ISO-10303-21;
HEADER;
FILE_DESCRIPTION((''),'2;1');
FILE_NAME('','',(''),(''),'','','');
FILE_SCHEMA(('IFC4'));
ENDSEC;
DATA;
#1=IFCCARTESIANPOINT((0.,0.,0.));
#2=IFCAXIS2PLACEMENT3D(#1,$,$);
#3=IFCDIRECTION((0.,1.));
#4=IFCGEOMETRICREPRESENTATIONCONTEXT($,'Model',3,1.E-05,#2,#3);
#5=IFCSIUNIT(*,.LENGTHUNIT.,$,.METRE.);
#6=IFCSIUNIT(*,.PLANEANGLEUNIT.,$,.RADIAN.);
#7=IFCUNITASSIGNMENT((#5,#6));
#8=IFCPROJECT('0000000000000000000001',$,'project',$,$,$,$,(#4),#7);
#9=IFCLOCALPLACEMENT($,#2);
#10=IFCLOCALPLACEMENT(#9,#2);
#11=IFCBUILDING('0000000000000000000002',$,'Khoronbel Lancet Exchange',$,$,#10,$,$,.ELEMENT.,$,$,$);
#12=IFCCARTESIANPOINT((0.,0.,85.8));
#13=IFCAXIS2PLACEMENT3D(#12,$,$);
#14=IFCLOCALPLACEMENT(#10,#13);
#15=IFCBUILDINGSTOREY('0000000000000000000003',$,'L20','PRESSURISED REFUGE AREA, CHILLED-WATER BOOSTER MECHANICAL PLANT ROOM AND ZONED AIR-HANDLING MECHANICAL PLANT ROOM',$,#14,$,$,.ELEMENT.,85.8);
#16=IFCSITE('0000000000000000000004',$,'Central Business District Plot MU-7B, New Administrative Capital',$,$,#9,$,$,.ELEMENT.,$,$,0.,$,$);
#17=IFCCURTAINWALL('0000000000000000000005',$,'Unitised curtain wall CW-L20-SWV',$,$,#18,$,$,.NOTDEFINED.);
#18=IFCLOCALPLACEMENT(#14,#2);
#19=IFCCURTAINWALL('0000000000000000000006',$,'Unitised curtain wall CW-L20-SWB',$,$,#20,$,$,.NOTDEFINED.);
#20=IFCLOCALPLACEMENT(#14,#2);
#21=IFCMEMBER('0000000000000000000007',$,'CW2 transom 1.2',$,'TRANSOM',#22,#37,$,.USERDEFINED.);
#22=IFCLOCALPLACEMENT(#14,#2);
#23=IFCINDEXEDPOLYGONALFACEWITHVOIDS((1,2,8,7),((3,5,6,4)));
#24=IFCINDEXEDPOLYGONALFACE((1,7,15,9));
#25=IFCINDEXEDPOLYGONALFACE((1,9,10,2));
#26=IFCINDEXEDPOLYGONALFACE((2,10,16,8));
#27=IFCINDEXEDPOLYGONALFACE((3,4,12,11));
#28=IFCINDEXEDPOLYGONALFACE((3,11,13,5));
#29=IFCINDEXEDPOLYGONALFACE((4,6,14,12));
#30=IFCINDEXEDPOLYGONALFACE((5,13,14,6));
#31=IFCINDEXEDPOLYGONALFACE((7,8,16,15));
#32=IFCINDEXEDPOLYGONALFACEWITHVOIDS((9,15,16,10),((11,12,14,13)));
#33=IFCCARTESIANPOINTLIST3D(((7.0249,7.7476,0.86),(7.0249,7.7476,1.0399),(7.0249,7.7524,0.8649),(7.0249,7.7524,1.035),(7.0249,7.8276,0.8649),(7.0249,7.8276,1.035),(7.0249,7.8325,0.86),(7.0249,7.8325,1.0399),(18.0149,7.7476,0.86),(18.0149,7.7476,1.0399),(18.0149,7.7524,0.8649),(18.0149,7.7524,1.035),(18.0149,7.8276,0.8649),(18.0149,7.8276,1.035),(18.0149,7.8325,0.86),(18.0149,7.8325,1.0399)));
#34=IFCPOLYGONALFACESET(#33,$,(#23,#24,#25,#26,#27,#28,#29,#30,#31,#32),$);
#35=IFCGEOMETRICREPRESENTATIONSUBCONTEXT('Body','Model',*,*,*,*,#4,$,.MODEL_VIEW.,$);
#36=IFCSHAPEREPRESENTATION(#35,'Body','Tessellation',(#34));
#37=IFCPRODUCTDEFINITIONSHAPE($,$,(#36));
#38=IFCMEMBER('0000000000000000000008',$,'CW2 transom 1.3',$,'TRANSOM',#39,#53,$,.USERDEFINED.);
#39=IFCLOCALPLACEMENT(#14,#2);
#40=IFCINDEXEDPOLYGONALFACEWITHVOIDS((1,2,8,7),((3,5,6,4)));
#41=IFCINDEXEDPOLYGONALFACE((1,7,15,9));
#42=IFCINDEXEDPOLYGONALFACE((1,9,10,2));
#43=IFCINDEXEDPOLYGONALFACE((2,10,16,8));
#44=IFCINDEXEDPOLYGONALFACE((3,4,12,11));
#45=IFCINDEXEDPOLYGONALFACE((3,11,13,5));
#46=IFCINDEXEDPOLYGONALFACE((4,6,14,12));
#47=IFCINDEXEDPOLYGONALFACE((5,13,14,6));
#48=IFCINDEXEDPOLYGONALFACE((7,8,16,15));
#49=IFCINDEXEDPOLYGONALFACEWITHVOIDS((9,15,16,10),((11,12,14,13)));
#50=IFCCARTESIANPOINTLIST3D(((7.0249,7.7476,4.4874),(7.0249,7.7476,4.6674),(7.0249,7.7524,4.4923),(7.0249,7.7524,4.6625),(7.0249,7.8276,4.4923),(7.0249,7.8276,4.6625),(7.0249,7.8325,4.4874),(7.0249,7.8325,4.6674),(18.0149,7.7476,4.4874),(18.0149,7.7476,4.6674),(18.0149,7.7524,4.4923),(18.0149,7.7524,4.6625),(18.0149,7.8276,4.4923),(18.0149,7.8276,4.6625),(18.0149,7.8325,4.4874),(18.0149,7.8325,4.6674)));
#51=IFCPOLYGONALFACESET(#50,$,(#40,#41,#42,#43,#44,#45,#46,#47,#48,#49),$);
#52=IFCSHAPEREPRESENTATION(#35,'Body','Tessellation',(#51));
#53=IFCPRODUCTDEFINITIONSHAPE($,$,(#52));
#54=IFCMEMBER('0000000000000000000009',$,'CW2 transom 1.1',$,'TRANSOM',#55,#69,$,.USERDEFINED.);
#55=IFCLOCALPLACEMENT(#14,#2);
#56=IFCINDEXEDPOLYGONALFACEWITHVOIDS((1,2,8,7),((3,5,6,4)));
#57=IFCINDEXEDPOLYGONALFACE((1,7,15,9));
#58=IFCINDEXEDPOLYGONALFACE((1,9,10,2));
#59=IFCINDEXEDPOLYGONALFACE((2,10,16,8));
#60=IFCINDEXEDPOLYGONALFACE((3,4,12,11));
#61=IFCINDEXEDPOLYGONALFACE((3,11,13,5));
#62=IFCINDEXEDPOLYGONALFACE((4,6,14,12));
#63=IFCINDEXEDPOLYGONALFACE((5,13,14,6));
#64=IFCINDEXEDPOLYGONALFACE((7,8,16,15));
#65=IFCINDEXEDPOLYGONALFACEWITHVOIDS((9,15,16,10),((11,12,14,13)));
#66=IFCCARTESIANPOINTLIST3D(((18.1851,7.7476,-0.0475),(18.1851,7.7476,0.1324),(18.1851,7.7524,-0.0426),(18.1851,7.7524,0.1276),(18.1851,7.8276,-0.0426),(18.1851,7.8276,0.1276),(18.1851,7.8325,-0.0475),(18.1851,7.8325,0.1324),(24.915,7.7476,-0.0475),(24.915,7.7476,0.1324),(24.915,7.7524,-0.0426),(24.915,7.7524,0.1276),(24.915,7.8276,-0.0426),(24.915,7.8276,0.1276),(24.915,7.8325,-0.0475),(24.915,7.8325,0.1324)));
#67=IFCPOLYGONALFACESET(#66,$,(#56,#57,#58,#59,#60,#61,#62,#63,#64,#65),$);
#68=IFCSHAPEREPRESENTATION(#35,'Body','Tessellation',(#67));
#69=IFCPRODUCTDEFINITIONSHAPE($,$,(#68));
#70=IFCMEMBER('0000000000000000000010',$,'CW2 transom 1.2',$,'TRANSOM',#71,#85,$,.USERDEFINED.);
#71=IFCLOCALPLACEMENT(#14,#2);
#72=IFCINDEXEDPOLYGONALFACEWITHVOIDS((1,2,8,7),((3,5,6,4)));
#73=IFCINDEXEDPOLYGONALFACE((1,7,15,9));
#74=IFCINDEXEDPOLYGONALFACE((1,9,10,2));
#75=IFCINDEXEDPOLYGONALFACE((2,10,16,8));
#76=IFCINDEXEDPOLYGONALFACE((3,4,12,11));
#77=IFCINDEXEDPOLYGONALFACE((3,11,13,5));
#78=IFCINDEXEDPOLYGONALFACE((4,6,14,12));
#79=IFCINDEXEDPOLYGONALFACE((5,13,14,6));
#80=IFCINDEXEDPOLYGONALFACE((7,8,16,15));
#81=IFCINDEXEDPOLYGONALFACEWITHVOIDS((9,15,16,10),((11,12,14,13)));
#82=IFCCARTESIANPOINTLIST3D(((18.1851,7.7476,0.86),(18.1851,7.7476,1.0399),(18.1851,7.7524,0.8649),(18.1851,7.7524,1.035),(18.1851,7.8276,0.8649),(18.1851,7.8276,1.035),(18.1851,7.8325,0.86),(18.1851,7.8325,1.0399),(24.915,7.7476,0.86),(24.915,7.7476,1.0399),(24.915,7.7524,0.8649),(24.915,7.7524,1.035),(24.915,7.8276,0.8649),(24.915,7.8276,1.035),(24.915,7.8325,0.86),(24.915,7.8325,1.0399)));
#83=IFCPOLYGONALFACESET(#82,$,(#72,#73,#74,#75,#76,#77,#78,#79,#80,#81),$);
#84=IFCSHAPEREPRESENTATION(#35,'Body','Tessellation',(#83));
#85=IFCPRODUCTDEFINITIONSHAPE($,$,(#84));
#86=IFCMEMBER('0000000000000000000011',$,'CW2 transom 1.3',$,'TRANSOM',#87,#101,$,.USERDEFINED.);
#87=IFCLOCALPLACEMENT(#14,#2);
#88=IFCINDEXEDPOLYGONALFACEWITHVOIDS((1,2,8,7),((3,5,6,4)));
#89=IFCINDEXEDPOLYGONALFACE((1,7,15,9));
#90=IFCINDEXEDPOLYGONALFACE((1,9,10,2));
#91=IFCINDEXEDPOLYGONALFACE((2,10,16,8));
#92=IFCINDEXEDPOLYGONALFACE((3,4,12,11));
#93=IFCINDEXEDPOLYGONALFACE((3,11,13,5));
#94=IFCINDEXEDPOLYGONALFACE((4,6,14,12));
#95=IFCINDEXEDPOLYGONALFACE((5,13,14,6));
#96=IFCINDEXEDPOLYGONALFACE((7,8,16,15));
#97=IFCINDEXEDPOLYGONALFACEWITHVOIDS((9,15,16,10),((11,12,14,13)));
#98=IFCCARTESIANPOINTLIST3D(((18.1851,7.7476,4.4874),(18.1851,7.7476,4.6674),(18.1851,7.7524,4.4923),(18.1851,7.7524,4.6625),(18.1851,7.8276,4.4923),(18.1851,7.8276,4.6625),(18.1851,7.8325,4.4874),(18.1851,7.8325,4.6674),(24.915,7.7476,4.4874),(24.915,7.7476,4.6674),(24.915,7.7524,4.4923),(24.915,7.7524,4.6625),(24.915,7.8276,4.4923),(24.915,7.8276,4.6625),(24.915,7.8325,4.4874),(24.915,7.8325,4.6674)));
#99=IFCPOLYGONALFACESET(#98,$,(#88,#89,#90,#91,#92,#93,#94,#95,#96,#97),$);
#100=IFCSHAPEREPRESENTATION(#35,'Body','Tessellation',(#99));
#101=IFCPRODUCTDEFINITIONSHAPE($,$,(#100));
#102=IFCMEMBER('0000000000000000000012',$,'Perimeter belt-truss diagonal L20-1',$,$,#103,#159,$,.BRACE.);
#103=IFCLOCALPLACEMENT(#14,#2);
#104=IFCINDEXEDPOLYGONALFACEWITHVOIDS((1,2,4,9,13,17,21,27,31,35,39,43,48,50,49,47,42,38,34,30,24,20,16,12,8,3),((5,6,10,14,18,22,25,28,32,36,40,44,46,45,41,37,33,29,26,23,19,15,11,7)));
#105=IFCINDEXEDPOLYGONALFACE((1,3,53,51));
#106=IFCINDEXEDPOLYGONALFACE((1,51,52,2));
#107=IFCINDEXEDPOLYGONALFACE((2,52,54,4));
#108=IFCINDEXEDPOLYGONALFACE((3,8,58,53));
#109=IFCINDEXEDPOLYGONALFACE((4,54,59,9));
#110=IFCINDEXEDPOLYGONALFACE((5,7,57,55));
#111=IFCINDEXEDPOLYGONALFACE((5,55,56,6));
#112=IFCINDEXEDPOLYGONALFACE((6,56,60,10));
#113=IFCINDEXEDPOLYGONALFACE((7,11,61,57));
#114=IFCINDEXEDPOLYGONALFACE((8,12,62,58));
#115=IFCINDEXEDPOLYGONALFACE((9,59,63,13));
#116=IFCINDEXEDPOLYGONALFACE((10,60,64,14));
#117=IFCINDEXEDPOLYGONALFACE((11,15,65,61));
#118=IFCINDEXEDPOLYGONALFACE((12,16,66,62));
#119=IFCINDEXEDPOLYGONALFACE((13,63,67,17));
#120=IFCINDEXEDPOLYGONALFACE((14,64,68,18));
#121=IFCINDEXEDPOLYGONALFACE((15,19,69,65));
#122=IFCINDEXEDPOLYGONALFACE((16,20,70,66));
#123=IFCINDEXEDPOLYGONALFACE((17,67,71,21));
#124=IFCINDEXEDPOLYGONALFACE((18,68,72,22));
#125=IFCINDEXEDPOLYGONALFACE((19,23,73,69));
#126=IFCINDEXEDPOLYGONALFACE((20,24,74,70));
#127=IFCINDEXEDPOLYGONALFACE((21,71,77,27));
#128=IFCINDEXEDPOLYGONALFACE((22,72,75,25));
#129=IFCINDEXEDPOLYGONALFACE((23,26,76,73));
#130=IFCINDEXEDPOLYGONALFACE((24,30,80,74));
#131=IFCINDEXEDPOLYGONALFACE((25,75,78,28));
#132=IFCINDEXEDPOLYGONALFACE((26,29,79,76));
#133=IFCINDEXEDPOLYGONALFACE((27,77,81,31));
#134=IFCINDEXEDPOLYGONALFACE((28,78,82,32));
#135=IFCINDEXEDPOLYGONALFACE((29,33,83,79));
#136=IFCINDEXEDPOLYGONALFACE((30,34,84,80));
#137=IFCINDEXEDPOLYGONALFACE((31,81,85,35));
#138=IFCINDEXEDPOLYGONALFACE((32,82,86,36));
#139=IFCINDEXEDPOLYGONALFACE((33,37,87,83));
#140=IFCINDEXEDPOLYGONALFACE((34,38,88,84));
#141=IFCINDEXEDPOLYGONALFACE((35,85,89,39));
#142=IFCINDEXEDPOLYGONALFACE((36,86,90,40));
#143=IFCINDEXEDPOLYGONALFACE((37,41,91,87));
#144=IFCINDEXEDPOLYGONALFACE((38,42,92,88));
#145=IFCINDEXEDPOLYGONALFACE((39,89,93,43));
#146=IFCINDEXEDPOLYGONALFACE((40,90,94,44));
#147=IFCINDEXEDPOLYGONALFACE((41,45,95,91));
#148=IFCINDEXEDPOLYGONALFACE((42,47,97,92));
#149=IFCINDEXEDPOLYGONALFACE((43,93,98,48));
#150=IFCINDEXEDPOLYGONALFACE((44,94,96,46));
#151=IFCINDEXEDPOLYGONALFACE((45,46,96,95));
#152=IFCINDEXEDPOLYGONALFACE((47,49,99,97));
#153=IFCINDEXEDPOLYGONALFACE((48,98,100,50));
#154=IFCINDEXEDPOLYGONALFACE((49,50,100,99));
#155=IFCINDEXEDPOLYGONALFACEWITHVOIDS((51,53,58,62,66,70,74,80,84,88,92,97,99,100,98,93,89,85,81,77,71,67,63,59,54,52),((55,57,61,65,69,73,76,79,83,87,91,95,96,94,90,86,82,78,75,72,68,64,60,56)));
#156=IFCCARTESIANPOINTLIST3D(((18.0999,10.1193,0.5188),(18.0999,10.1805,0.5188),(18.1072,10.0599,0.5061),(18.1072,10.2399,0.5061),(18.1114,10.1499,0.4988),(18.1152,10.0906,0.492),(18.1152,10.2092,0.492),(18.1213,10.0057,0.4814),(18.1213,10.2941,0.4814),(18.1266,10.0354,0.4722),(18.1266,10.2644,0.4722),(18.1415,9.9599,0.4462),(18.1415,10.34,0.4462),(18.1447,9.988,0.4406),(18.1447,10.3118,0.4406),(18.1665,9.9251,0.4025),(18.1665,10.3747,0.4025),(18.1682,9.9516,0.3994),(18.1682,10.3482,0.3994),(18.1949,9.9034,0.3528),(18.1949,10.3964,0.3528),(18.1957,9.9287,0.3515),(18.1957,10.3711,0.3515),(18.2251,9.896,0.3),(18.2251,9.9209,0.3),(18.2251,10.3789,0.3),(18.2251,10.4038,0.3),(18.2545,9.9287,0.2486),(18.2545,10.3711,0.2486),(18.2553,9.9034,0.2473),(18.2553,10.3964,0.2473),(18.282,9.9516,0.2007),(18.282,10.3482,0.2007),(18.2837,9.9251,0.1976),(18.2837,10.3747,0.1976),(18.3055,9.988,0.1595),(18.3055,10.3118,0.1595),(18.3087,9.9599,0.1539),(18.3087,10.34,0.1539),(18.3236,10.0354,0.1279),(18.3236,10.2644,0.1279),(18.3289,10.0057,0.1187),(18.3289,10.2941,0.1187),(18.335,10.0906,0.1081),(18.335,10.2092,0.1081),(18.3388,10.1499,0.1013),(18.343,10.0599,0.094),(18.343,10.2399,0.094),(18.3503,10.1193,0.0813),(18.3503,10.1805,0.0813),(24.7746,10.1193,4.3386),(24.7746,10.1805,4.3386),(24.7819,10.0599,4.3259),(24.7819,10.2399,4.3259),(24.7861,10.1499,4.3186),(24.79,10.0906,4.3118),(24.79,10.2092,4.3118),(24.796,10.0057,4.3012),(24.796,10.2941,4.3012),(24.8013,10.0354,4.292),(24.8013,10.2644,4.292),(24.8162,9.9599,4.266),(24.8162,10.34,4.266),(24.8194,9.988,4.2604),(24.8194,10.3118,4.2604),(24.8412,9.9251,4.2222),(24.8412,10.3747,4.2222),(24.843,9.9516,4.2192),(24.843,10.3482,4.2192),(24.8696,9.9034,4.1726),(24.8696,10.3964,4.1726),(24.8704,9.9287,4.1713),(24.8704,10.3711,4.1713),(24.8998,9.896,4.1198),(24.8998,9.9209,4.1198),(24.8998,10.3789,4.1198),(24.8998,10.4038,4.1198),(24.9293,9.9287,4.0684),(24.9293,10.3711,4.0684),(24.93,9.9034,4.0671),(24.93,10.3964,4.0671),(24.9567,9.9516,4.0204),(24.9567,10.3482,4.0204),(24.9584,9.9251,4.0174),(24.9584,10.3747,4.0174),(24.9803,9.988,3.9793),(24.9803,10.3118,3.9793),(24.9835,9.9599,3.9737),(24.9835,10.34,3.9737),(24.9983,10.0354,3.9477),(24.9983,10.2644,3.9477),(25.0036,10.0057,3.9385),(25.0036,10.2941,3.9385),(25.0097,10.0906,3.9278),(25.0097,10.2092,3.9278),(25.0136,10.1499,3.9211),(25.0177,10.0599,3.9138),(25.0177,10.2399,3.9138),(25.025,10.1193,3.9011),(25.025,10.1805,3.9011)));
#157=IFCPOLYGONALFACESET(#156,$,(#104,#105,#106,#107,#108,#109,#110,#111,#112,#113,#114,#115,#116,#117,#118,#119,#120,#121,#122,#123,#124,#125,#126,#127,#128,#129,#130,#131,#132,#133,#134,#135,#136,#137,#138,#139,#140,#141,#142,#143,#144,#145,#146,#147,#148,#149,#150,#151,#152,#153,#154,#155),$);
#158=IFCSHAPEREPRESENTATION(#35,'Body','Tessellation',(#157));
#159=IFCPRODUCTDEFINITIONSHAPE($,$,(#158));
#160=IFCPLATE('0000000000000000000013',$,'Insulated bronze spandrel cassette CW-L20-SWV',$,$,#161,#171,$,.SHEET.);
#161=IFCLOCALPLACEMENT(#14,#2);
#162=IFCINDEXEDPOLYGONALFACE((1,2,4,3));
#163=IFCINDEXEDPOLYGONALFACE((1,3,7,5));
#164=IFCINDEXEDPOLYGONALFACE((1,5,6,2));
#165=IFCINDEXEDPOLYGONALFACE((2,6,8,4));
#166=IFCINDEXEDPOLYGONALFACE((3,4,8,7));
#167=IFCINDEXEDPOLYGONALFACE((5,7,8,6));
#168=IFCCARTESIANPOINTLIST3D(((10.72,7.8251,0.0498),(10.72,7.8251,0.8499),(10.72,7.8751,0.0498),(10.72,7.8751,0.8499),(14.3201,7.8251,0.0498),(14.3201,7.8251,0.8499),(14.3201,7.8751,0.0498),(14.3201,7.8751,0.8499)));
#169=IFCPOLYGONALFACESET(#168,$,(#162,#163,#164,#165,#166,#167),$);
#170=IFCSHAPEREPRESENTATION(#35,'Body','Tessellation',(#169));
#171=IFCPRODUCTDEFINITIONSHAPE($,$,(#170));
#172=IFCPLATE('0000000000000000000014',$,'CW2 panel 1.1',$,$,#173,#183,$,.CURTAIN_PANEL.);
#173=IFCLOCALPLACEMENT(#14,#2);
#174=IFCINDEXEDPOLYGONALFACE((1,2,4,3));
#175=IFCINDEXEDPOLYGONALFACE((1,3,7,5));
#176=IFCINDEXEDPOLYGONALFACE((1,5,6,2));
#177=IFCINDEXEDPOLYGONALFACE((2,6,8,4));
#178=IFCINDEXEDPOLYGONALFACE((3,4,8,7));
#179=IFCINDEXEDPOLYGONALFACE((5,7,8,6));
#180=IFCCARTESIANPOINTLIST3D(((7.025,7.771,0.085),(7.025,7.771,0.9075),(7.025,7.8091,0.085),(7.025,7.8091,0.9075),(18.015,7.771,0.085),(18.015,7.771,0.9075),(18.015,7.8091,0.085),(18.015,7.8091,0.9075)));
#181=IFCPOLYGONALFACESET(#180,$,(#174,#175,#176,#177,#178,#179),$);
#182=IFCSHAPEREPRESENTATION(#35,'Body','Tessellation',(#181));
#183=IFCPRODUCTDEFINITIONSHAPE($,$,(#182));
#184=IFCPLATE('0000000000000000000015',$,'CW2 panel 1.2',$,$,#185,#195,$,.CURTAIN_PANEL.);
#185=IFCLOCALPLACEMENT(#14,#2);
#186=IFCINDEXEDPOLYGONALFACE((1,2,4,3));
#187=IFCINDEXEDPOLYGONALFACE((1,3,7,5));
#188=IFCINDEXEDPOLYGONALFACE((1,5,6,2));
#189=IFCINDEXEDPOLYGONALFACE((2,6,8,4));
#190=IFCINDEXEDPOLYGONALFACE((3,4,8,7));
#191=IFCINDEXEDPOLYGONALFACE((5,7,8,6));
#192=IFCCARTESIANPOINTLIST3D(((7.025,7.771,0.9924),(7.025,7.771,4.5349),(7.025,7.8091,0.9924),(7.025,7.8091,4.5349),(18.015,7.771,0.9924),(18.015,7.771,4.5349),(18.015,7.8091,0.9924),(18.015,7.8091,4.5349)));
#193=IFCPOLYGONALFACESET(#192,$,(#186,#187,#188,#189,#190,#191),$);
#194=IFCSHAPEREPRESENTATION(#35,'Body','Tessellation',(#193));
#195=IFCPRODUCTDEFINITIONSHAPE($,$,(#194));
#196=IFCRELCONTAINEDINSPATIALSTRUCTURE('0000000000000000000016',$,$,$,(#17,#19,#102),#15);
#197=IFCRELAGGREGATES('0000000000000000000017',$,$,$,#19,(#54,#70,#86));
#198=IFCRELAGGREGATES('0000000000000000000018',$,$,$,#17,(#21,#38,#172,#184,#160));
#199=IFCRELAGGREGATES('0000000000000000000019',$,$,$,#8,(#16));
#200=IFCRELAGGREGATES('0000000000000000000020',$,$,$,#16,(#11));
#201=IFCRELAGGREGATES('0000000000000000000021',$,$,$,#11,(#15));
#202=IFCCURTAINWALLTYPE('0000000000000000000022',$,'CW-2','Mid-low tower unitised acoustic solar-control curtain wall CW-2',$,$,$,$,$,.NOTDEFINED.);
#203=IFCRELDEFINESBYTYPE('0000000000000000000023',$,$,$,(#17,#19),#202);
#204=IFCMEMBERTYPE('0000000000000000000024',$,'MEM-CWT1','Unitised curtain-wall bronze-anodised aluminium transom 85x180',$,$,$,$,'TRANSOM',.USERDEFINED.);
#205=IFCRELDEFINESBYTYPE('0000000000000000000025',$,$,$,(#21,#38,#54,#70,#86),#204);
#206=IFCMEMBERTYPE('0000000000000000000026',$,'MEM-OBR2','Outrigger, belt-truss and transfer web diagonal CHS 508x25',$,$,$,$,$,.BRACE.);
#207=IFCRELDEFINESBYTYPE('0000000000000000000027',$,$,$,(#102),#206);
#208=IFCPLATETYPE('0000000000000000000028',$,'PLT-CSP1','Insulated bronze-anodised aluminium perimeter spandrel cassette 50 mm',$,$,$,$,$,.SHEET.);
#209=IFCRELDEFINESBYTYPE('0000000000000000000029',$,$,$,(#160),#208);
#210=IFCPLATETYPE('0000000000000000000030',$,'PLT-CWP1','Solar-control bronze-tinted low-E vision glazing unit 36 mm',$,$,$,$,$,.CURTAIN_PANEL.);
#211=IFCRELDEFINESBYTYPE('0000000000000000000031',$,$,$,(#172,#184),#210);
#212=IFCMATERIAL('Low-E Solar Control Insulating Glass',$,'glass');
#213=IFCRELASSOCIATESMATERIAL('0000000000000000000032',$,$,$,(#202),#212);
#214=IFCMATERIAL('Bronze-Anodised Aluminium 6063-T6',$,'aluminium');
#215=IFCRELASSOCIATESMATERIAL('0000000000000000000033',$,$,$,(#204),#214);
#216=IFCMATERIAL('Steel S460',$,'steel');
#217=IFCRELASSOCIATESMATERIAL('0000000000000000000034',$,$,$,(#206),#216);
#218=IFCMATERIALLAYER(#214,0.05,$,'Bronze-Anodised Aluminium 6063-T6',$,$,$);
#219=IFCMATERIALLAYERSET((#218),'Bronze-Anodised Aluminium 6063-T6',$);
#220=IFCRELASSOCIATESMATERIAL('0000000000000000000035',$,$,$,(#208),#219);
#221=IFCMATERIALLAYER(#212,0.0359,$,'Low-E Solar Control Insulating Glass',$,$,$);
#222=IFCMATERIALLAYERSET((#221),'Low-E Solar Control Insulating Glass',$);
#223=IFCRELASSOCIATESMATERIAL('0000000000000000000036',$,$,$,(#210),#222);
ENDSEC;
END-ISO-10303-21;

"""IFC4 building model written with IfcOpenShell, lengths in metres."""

from ifc_helpers import new_model, si_unit, direction, frame, origin, origin_2d, place, context, subcontext, project, spatial, rectangle, hollow_rectangle, hollow_circle, extrude, material, layer, layer_set, material_profile, profile_set, type_object, element, aggregate, save


model = new_model("IFC4")

# Units and contexts
model_context = context("Model", 3, precision=1e-05, world=origin(), true_north=direction((0.0, 1.0)))
body_context = subcontext(model_context, "Body", "Model", "MODEL_VIEW")
ifc_project = project(units=[si_unit("LENGTHUNIT", "METRE"), si_unit("PLANEANGLEUNIT", "RADIAN")], contexts=[model_context])

# Site, building, storey
site_placement = place(None, origin())
site = spatial("IfcSite", under=ifc_project, at=site_placement, Name="Central Business District Plot MU-7B, New Administrative Capital", CompositionType="ELEMENT", RefElevation=0.0)
building_placement = place(site_placement, origin())
building = spatial("IfcBuilding", under=site, at=building_placement, Name="Khoronbel Lancet Exchange", CompositionType="ELEMENT")
storey_placement = place(building_placement, frame((0.0, 0.0, 85.8)))
storey = spatial("IfcBuildingStorey", under=building, at=storey_placement, Name="L20", Description="PRESSURISED REFUGE AREA, CHILLED-WATER BOOSTER MECHANICAL PLANT ROOM AND ZONED AIR-HANDLING MECHANICAL PLANT ROOM", CompositionType="ELEMENT", Elevation=85.8)

# Shared definitions
ifc_material_1 = material(Name="Steel S460", Category="steel")

# Curtain wall
ifc_material_2 = material(Name="Low-E Solar Control Insulating Glass", Category="glass")
curtain_wall_type = type_object("IfcCurtainWallType", Name="CW-2", Description="Mid-low tower unitised acoustic solar-control curtain wall CW-2", PredefinedType="NOTDEFINED", material=ifc_material_2)
curtain_wall_1_placement = place(storey_placement, origin())
curtain_wall_1 = element("IfcCurtainWall", 1, at=curtain_wall_1_placement, inside=storey, type_object=curtain_wall_type, Name="Unitised curtain wall CW-L20-SWV", PredefinedType="NOTDEFINED")
ifc_material_3 = material(Name="Bronze-Anodised Aluminium 6063-T6", Category="aluminium")

# Curtain wall
curtain_wall_2_placement = place(storey_placement, origin())
curtain_wall_2 = element("IfcCurtainWall", 2, at=curtain_wall_2_placement, inside=storey, type_object=curtain_wall_type, Name="Unitised curtain wall CW-L20-SWB", PredefinedType="NOTDEFINED")

# Members
ifc_material_profile_1 = material_profile(ifc_material_3, hollow_rectangle(XDim=0.085, YDim=0.1799, WallThickness=0.0049, at=origin_2d()), Name="ALU TRANSOM 85x180")
ifc_profile_set_1 = profile_set([ifc_material_profile_1], Name="Bronze-Anodised Aluminium 6063-T6")
member_type_1 = type_object("IfcMemberType", Name="MEM-CWT1", Description="Unitised curtain-wall bronze-anodised aluminium transom 85x180", ElementType="TRANSOM", PredefinedType="USERDEFINED", material=ifc_profile_set_1)
member_1_placement = place(storey_placement, frame((7.0249, 7.79, 0.95), z_axis=(1.0, 0.0, 0.0), x_axis=(0.0, 1.0, 0.0)))
member_1 = element("IfcMember", 3, at=member_1_placement, type_object=member_type_1, Name="CW2 transom 1.2", ObjectType="TRANSOM", PredefinedType="USERDEFINED", context=body_context, shape_type="SweptSolid", body=[
    extrude(hollow_rectangle(XDim=0.085, YDim=0.1799, WallThickness=0.0049, at=origin_2d()), origin(), (0.0, 0.0, 1.0), 10.99),
])
member_2_placement = place(storey_placement, frame((7.0249, 7.79, 4.5774), z_axis=(1.0, 0.0, 0.0), x_axis=(0.0, 1.0, 0.0)))
member_2 = element("IfcMember", 4, at=member_2_placement, type_object=member_type_1, Name="CW2 transom 1.3", ObjectType="TRANSOM", PredefinedType="USERDEFINED", context=body_context, shape_type="SweptSolid", body=[
    extrude(hollow_rectangle(XDim=0.085, YDim=0.1799, WallThickness=0.0049, at=origin_2d()), origin(), (0.0, 0.0, 1.0), 10.99),
])
member_3_placement = place(storey_placement, frame((18.1851, 7.79, 0.0425), z_axis=(1.0, 0.0, 0.0), x_axis=(0.0, 1.0, 0.0)))
member_3 = element("IfcMember", 5, at=member_3_placement, type_object=member_type_1, Name="CW2 transom 1.1", ObjectType="TRANSOM", PredefinedType="USERDEFINED", context=body_context, shape_type="SweptSolid", body=[
    extrude(hollow_rectangle(XDim=0.085, YDim=0.1799, WallThickness=0.0049, at=origin_2d()), origin(), (0.0, 0.0, 1.0), 6.73),
])
member_4_placement = place(storey_placement, frame((18.1851, 7.79, 0.95), z_axis=(1.0, 0.0, 0.0), x_axis=(0.0, 1.0, 0.0)))
member_4 = element("IfcMember", 6, at=member_4_placement, type_object=member_type_1, Name="CW2 transom 1.2", ObjectType="TRANSOM", PredefinedType="USERDEFINED", context=body_context, shape_type="SweptSolid", body=[
    extrude(hollow_rectangle(XDim=0.085, YDim=0.1799, WallThickness=0.0049, at=origin_2d()), origin(), (0.0, 0.0, 1.0), 6.73),
])
member_5_placement = place(storey_placement, frame((18.1851, 7.79, 4.5774), z_axis=(1.0, 0.0, 0.0), x_axis=(0.0, 1.0, 0.0)))
member_5 = element("IfcMember", 7, at=member_5_placement, type_object=member_type_1, Name="CW2 transom 1.3", ObjectType="TRANSOM", PredefinedType="USERDEFINED", context=body_context, shape_type="SweptSolid", body=[
    extrude(hollow_rectangle(XDim=0.085, YDim=0.1799, WallThickness=0.0049, at=origin_2d()), origin(), (0.0, 0.0, 1.0), 6.73),
])
aggregate(curtain_wall_2, [member_3, member_4, member_5])
ifc_material_profile_2 = material_profile(ifc_material_1, hollow_circle(Radius=0.2539, WallThickness=0.0249, at=origin_2d()), Name="CHS 508x25")
ifc_profile_set_2 = profile_set([ifc_material_profile_2], Name="Steel S460")
member_type_2 = type_object("IfcMemberType", Name="MEM-OBR2", Description="Outrigger, belt-truss and transfer web diagonal CHS 508x25", PredefinedType="BRACE", material=ifc_profile_set_2)
member_6_placement = place(storey_placement, frame((18.2251, 10.1499, 0.3), z_axis=(0.867926, 0.0, 0.496693), x_axis=(0.0, 1.0, 0.0)))
element("IfcMember", 8, at=member_6_placement, inside=storey, type_object=member_type_2, Name="Perimeter belt-truss diagonal L20-1", PredefinedType="BRACE", context=body_context, shape_type="SweptSolid", body=[
    extrude(hollow_circle(Radius=0.2539, WallThickness=0.0249, at=origin_2d()), origin(), (0.0, 0.0, 1.0), 7.6904),
])

# Plates
ifc_layer_1 = layer(ifc_material_3, 0.05, Name="Bronze-Anodised Aluminium 6063-T6")
ifc_layer_set_1 = layer_set([ifc_layer_1], Name="Bronze-Anodised Aluminium 6063-T6")
plate_type_1 = type_object("IfcPlateType", Name="PLT-CSP1", Description="Insulated bronze-anodised aluminium perimeter spandrel cassette 50 mm", PredefinedType="SHEET", material=ifc_layer_set_1)
plate_1_placement = place(storey_placement, frame((12.52, 7.8501, 0.0498), z_axis=(0.0, 0.0, 1.0), x_axis=(1.0, 0.0, 0.0)))
plate_1 = element("IfcPlate", 9, at=plate_1_placement, type_object=plate_type_1, Name="Insulated bronze spandrel cassette CW-L20-SWV", PredefinedType="SHEET", context=body_context, shape_type="SweptSolid", body=[
    extrude(rectangle(XDim=3.6001, YDim=0.05, at=origin_2d()), origin(), (0.0, 0.0, 1.0), 0.8),
])
ifc_layer_2 = layer(ifc_material_2, 0.0359, Name="Low-E Solar Control Insulating Glass")
ifc_layer_set_2 = layer_set([ifc_layer_2], Name="Low-E Solar Control Insulating Glass")
plate_type_2 = type_object("IfcPlateType", Name="PLT-CWP1", Description="Solar-control bronze-tinted low-E vision glazing unit 36 mm", PredefinedType="CURTAIN_PANEL", material=ifc_layer_set_2)
plate_2_placement = place(storey_placement, frame((12.52, 7.79, 0.085), z_axis=(0.0, 0.0, 1.0), x_axis=(1.0, 0.0, 0.0)))
plate_2 = element("IfcPlate", 10, at=plate_2_placement, type_object=plate_type_2, Name="CW2 panel 1.1", PredefinedType="CURTAIN_PANEL", context=body_context, shape_type="SweptSolid", body=[
    extrude(rectangle(XDim=10.99, YDim=0.0381, at=origin_2d()), origin(), (0.0, 0.0, 1.0), 0.8225),
])
plate_3_placement = place(storey_placement, frame((12.52, 7.79, 0.9924), z_axis=(0.0, 0.0, 1.0), x_axis=(1.0, 0.0, 0.0)))
plate_3 = element("IfcPlate", 11, at=plate_3_placement, type_object=plate_type_2, Name="CW2 panel 1.2", PredefinedType="CURTAIN_PANEL", context=body_context, shape_type="SweptSolid", body=[
    extrude(rectangle(XDim=10.99, YDim=0.0381, at=origin_2d()), origin(), (0.0, 0.0, 1.0), 3.5425),
])
aggregate(curtain_wall_1, [member_1, member_2, plate_2, plate_3, plate_1])

save(model, "model.ifc")
